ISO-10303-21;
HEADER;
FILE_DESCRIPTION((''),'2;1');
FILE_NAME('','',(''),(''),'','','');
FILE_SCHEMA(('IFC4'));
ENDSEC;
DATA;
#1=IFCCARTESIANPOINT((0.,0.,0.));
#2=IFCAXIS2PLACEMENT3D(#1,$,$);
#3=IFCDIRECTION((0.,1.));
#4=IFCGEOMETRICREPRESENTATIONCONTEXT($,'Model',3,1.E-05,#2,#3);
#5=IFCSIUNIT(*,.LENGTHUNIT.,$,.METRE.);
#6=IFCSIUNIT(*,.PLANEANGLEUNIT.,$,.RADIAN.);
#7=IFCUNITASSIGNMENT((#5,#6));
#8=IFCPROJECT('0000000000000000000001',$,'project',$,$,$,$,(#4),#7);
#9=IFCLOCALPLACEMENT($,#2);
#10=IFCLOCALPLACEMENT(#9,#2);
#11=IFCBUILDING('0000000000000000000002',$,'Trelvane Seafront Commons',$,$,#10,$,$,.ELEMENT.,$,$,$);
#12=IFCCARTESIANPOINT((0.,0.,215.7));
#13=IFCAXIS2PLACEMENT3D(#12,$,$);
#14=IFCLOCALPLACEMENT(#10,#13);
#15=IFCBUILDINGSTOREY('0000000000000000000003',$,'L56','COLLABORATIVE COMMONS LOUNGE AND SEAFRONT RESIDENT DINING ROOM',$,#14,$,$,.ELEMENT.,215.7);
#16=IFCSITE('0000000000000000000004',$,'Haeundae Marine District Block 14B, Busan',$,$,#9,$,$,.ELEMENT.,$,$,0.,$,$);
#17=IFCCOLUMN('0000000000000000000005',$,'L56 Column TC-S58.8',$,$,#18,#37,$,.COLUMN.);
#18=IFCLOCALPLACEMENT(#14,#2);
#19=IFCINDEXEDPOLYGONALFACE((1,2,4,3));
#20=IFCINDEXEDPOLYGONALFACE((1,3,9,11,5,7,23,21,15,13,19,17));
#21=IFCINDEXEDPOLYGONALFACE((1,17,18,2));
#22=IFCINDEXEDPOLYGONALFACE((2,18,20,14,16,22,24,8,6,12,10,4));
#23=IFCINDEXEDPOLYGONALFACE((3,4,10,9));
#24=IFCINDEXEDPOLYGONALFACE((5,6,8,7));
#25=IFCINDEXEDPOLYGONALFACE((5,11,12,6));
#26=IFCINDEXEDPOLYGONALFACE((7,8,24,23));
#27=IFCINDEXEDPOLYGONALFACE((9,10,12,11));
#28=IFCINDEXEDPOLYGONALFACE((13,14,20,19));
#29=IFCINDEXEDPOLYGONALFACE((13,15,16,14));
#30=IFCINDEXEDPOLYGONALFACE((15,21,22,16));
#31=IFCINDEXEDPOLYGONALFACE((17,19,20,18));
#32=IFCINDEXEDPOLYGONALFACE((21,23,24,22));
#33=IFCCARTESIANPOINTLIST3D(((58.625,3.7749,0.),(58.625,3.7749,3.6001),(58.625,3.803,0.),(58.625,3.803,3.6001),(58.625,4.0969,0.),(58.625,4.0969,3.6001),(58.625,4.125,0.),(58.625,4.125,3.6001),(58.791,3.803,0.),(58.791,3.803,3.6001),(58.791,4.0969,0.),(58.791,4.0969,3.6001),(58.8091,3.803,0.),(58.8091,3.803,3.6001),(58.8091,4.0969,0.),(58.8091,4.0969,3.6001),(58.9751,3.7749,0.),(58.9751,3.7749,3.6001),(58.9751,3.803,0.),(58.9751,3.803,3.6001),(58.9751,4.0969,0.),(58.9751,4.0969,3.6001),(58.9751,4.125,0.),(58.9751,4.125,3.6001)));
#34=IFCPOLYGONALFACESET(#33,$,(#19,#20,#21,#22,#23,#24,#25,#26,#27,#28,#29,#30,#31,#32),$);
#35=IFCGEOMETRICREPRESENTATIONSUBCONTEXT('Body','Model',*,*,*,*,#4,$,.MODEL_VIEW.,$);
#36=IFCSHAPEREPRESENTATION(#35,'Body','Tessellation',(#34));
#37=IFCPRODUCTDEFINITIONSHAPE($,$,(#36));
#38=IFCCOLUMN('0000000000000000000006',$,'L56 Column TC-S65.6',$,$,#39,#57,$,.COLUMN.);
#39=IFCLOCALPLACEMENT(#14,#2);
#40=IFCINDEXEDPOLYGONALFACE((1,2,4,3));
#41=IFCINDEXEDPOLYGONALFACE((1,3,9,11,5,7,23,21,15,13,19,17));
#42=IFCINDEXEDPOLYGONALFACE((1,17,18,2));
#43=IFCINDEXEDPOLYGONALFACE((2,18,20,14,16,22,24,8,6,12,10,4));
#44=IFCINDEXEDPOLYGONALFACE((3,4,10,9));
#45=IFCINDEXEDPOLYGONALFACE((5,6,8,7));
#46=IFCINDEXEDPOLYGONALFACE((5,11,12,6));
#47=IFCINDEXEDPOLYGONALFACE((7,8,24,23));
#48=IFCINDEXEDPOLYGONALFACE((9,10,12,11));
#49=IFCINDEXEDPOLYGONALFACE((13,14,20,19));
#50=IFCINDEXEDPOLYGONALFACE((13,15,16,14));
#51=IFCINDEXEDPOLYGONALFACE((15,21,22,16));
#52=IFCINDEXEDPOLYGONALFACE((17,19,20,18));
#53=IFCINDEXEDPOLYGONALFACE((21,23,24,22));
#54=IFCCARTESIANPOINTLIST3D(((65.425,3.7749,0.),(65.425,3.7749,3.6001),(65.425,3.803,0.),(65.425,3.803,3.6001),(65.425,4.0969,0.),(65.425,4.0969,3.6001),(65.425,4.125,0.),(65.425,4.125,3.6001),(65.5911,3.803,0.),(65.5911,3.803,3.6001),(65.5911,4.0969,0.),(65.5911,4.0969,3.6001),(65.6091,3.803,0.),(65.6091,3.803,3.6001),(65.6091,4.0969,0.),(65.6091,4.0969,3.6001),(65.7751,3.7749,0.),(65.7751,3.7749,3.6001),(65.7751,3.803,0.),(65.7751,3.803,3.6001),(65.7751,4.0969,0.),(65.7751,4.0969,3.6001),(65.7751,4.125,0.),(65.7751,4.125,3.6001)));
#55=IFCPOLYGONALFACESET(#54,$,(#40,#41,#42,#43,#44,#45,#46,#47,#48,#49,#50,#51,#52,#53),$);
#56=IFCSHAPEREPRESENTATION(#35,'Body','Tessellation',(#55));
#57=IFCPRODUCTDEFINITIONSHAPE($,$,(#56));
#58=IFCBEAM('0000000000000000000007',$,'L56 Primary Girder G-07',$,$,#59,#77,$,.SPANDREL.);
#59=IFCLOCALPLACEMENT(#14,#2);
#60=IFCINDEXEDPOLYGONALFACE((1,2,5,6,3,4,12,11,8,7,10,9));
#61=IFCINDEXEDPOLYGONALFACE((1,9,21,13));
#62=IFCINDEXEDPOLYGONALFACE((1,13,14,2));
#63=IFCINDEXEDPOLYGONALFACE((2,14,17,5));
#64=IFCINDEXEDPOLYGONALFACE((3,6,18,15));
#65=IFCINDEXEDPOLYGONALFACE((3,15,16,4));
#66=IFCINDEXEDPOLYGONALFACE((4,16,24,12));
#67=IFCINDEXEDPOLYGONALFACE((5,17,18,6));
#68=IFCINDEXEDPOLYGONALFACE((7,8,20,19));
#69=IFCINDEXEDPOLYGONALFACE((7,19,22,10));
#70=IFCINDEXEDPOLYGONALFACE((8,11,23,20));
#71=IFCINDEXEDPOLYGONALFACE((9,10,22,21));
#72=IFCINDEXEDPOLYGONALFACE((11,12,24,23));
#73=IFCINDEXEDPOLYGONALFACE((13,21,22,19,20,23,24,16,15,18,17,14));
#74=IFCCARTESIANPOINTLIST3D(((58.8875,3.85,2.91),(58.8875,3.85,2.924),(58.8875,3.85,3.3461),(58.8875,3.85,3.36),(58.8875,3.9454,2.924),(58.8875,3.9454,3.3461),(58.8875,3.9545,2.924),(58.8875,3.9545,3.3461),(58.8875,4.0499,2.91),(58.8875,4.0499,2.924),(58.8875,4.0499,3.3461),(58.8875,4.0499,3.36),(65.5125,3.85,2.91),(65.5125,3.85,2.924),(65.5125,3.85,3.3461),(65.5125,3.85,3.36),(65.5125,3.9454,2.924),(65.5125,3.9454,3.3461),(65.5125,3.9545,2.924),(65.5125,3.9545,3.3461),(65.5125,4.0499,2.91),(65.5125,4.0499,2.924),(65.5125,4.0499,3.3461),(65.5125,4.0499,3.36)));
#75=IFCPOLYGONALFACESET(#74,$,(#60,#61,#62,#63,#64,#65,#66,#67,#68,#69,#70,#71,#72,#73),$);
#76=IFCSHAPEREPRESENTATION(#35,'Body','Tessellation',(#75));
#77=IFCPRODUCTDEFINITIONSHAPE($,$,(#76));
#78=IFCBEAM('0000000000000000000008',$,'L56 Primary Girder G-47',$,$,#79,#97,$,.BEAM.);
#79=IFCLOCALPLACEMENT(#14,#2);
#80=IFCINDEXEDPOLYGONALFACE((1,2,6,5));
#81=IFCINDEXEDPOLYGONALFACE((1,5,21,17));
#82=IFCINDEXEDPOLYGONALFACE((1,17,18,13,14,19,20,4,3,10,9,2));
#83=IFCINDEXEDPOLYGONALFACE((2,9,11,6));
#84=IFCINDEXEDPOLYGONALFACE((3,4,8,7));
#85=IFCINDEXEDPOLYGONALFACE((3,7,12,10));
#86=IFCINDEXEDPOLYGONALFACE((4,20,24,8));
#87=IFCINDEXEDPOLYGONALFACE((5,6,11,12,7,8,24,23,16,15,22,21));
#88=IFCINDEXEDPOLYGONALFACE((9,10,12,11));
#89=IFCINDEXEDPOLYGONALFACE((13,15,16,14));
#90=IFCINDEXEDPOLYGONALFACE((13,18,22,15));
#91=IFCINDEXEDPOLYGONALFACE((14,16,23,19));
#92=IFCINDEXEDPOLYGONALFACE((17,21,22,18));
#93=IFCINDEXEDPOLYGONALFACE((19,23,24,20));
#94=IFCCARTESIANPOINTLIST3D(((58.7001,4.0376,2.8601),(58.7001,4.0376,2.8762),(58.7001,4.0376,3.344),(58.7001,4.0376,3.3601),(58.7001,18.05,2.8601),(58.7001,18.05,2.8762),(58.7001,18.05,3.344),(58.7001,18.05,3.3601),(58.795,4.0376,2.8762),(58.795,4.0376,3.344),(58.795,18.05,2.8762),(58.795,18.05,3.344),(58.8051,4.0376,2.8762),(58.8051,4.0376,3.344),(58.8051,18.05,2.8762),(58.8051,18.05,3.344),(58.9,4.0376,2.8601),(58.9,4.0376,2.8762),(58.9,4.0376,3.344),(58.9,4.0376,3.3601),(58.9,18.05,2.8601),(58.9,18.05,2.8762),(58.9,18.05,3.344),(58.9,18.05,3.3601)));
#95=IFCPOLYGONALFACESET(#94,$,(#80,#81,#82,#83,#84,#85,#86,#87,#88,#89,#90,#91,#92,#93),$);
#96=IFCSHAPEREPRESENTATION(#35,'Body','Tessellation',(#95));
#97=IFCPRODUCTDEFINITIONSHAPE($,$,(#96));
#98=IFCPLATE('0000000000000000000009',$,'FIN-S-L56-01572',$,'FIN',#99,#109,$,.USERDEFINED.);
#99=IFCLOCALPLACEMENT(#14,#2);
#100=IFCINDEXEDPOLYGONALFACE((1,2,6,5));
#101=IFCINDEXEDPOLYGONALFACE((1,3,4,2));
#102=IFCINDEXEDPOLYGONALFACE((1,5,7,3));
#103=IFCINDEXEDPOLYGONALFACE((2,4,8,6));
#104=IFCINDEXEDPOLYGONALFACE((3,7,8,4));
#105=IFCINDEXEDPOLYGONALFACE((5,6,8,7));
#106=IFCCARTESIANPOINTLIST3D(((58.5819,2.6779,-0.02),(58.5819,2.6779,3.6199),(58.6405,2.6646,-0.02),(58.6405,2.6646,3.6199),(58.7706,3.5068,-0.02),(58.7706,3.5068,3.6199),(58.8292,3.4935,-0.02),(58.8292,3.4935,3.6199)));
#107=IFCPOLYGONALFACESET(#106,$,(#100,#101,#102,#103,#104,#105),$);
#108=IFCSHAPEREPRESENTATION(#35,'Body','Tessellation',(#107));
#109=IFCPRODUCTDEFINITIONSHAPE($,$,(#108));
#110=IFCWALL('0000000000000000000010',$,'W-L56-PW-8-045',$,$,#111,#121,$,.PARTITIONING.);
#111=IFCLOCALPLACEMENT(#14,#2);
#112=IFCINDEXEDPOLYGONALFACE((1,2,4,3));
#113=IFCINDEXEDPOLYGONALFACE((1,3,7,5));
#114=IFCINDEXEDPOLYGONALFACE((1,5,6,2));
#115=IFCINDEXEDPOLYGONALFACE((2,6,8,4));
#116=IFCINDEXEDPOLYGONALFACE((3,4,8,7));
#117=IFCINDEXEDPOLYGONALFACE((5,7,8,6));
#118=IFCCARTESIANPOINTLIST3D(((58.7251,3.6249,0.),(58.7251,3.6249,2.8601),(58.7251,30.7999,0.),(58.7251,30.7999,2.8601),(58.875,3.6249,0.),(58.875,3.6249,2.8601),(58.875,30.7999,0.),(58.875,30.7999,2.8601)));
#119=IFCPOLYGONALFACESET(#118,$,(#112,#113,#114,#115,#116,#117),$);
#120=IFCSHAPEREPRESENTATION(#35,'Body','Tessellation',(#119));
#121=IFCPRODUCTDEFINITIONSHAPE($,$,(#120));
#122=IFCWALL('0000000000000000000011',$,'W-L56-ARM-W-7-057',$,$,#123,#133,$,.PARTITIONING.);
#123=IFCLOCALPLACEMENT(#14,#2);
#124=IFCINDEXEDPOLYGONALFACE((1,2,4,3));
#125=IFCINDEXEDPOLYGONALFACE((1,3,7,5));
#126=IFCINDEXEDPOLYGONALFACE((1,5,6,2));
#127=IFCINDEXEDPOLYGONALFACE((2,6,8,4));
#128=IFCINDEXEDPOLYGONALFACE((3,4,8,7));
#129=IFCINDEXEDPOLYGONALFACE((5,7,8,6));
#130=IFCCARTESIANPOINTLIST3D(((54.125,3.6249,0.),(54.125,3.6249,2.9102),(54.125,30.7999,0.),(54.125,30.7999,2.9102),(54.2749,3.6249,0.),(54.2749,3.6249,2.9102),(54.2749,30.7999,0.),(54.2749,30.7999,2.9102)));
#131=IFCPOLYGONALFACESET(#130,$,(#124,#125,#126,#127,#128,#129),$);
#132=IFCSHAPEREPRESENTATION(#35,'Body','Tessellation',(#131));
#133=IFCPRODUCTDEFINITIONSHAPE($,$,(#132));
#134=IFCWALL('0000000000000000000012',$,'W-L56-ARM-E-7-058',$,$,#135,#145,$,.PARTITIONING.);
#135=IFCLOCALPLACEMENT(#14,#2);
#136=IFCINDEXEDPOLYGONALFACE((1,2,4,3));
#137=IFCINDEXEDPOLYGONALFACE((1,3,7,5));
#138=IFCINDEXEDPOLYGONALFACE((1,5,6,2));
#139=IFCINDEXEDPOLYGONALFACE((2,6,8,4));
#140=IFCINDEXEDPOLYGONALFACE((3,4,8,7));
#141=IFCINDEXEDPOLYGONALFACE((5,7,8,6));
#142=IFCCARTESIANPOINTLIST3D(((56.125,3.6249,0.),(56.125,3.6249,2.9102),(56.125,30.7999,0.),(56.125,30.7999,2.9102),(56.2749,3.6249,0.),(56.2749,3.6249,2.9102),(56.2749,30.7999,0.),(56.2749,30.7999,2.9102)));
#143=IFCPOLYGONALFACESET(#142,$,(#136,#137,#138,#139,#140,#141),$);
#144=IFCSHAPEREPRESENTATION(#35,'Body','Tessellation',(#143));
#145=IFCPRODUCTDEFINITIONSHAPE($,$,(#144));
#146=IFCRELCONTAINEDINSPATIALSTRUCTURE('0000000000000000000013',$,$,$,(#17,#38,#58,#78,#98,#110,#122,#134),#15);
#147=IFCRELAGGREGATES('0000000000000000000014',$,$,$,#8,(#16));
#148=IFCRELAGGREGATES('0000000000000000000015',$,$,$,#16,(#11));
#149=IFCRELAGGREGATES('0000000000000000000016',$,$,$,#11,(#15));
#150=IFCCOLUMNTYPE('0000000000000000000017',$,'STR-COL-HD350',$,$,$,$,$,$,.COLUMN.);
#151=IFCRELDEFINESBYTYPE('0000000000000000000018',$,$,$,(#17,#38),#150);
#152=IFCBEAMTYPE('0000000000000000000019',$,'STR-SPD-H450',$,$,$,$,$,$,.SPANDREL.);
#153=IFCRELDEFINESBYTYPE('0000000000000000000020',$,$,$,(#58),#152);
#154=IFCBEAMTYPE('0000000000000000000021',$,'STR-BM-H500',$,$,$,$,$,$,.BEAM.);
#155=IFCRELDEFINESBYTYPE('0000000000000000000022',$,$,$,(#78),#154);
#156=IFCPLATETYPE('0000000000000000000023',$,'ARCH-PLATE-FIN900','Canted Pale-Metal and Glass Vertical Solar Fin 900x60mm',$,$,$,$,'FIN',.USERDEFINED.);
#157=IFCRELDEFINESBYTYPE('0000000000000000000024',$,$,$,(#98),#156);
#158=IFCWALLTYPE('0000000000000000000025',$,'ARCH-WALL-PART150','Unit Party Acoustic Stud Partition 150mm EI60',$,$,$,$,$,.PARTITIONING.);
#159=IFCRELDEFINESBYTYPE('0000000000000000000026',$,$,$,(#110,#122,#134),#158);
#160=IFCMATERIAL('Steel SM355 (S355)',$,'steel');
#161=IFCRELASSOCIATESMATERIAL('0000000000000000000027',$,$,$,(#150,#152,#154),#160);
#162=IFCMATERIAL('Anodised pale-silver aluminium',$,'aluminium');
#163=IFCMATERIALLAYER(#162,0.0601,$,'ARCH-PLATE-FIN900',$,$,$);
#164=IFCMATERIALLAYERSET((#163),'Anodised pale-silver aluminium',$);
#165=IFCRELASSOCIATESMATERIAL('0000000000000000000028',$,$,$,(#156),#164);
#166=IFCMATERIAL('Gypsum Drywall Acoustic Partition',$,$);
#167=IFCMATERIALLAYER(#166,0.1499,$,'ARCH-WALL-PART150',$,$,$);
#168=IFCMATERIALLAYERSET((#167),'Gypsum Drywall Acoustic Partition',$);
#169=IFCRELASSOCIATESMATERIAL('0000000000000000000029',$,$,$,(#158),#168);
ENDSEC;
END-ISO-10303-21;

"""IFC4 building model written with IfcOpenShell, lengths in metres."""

from ifc_helpers import new_model, si_unit, direction, frame, frame_2d, origin, origin_2d, place, context, subcontext, project, spatial, rectangle, i_section, extrude, source, transform, mapped, material, layer, layer_set, material_profile, profile_set, type_object, element, save


model = new_model("IFC4")

# Units and contexts
model_context = context("Model", 3, precision=1e-05, world=origin(), true_north=direction((0.0, 1.0)))
body_context = subcontext(model_context, "Body", "Model", "MODEL_VIEW")
ifc_project = project(units=[si_unit("LENGTHUNIT", "METRE"), si_unit("PLANEANGLEUNIT", "RADIAN")], contexts=[model_context])

# Site, building, storey
site_placement = place(None, origin())
site = spatial("IfcSite", under=ifc_project, at=site_placement, Name="Haeundae Marine District Block 14B, Busan", CompositionType="ELEMENT", RefElevation=0.0)
building_placement = place(site_placement, origin())
building = spatial("IfcBuilding", under=site, at=building_placement, Name="Trelvane Seafront Commons", CompositionType="ELEMENT")
storey_placement = place(building_placement, frame((0.0, 0.0, 215.7)))
storey = spatial("IfcBuildingStorey", under=building, at=storey_placement, Name="L56", Description="COLLABORATIVE COMMONS LOUNGE AND SEAFRONT RESIDENT DINING ROOM", CompositionType="ELEMENT", Elevation=215.7)

# Columns
ifc_material_1 = material(Name="Steel SM355 (S355)", Category="steel")
ifc_material_profile_1 = material_profile(ifc_material_1, i_section(OverallWidth=0.3501, OverallDepth=0.3501, WebThickness=0.0181, FlangeThickness=0.0281, at=origin_2d()), Name="HD-350x350x18x28")
ifc_profile_set_1 = profile_set([ifc_material_profile_1], Name="Steel SM355 (S355)")
column_type = type_object("IfcColumnType", Name="STR-COL-HD350", PredefinedType="COLUMN", material=ifc_profile_set_1)
shared_shape_1 = source(origin(), body_context, "Body", "SweptSolid", [
    extrude(i_section(OverallWidth=0.3501, OverallDepth=0.3501, WebThickness=0.0181, FlangeThickness=0.0281, at=origin_2d()), origin(), (0.0, 0.0, 1.0), 3.6001),
])
for number, where, z_axis, x_axis, name in (
    (1, (58.8, 3.95, 0.0), (0.0, 0.0, 1.0), (1.0, 0.0, 0.0), "L56 Column TC-S58.8"),
    (2, (65.6001, 3.95, 0.0), (0.0, 0.0, 1.0), (1.0, 0.0, 0.0), "L56 Column TC-S65.6"),
):
    element("IfcColumn", number, at=place(storey_placement, frame(where, z_axis=z_axis, x_axis=x_axis)), inside=storey, type_object=column_type, Name=name, PredefinedType="COLUMN", context=body_context, shape_type="MappedRepresentation", body=[
        mapped(shared_shape_1, transform((0.0, 0.0, 0.0), x_axis=(1.0, 0.0, 0.0), y_axis=(0.0, 1.0, 0.0), z_axis=(0.0, 0.0, 1.0), scale=1.0)),
    ])

# Beams
ifc_material_profile_2 = material_profile(ifc_material_1, i_section(OverallWidth=0.2, OverallDepth=0.45, WebThickness=0.009, FlangeThickness=0.0139, at=origin_2d()), Name="H-450x200x9x14")
ifc_profile_set_2 = profile_set([ifc_material_profile_2], Name="Steel SM355 (S355)")
beam_type_1 = type_object("IfcBeamType", Name="STR-SPD-H450", PredefinedType="SPANDREL", material=ifc_profile_set_2)
shared_shape_2 = source(origin(), body_context, "Body", "SweptSolid", [
    extrude(i_section(OverallWidth=0.2, OverallDepth=0.45, WebThickness=0.009, FlangeThickness=0.0139, at=origin_2d()), origin(), (0.0, 0.0, 1.0), 6.625),
])
beam_1_placement = place(storey_placement, frame((58.8875, 3.95, 3.135), z_axis=(1.0, 0.0, 0.0), x_axis=(0.0, 1.0, 0.0)))
element("IfcBeam", 3, at=beam_1_placement, inside=storey, type_object=beam_type_1, Name="L56 Primary Girder G-07", PredefinedType="SPANDREL", context=body_context, shape_type="MappedRepresentation", body=[
    mapped(shared_shape_2, transform((0.0, 0.0, 0.0), x_axis=(1.0, 0.0, 0.0), y_axis=(0.0, 1.0, 0.0), z_axis=(0.0, 0.0, 1.0), scale=1.0)),
])
ifc_material_profile_3 = material_profile(ifc_material_1, i_section(OverallWidth=0.2, OverallDepth=0.5, WebThickness=0.01, FlangeThickness=0.0161, at=origin_2d()), Name="H-500x200x10x16")
ifc_profile_set_3 = profile_set([ifc_material_profile_3], Name="Steel SM355 (S355)")
beam_type_2 = type_object("IfcBeamType", Name="STR-BM-H500", PredefinedType="BEAM", material=ifc_profile_set_3)
shared_shape_3 = source(origin(), body_context, "Body", "SweptSolid", [
    extrude(i_section(OverallWidth=0.2, OverallDepth=0.5, WebThickness=0.01, FlangeThickness=0.0161, at=origin_2d()), origin(), (0.0, 0.0, 1.0), 14.0125),
])
beam_2_placement = place(storey_placement, frame((58.8, 4.0376, 3.1101), z_axis=(0.0, 1.0, 0.0), x_axis=(-1.0, 0.0, 0.0)))
element("IfcBeam", 4, at=beam_2_placement, inside=storey, type_object=beam_type_2, Name="L56 Primary Girder G-47", PredefinedType="BEAM", context=body_context, shape_type="MappedRepresentation", body=[
    mapped(shared_shape_3, transform((0.0, 0.0, 0.0), x_axis=(1.0, 0.0, 0.0), y_axis=(0.0, 1.0, 0.0), z_axis=(0.0, 0.0, 1.0), scale=1.0)),
])

# Plate
ifc_material_2 = material(Name="Anodised pale-silver aluminium", Category="aluminium")
ifc_layer_1 = layer(ifc_material_2, 0.0601, Name="ARCH-PLATE-FIN900")
ifc_layer_set_1 = layer_set([ifc_layer_1], Name="Anodised pale-silver aluminium")
plate_type = type_object("IfcPlateType", Name="ARCH-PLATE-FIN900", Description="Canted Pale-Metal and Glass Vertical Solar Fin 900x60mm", ElementType="FIN", PredefinedType="USERDEFINED", material=ifc_layer_set_1)
shared_shape_4 = source(origin(), body_context, "Body", "SweptSolid", [
    extrude(rectangle(XDim=0.8501, YDim=0.0601, at=origin_2d()), origin(), (0.0, 0.0, 1.0), 3.6399),
])
plate_placement = place(storey_placement, frame((58.7056, 3.0857, -0.02), z_axis=(0.0, 0.0, 1.0), x_axis=(-0.221998, -0.975047, 0.0)))
element("IfcPlate", 5, at=plate_placement, inside=storey, type_object=plate_type, Name="FIN-S-L56-01572", ObjectType="FIN", PredefinedType="USERDEFINED", context=body_context, shape_type="MappedRepresentation", body=[
    mapped(shared_shape_4, transform((0.0, 0.0, 0.0), x_axis=(1.0, 0.0, 0.0), y_axis=(0.0, 1.0, 0.0), z_axis=(0.0, 0.0, 1.0), scale=1.0)),
])

# Walls
ifc_material_3 = material(Name="Gypsum Drywall Acoustic Partition")
ifc_layer_2 = layer(ifc_material_3, 0.1499, Name="ARCH-WALL-PART150")
ifc_layer_set_2 = layer_set([ifc_layer_2], Name="Gypsum Drywall Acoustic Partition")
wall_type_1 = type_object("IfcWallType", Name="ARCH-WALL-PART150", Description="Unit Party Acoustic Stud Partition 150mm EI60", PredefinedType="PARTITIONING", material=ifc_layer_set_2)
wall_1_placement = place(storey_placement, frame((58.8, 3.625, 0.0), z_axis=(0.0, 0.0, 1.0), x_axis=(0.0, 1.0, 0.0)))
element("IfcWall", 6, at=wall_1_placement, inside=storey, type_object=wall_type_1, Name="W-L56-PW-8-045", PredefinedType="PARTITIONING", context=body_context, shape_type="SweptSolid", body=[
    extrude(rectangle(XDim=27.175, YDim=0.1499, at=frame_2d((13.5874, 0.0))), origin(), (0.0, 0.0, 1.0), 2.8601),
])
for number, where, z_axis, x_axis, name in (
    (7, (54.2, 3.625, 0.0), (0.0, 0.0, 1.0), (0.0, 1.0, 0.0), "W-L56-ARM-W-7-057"),
    (8, (56.2, 3.625, 0.0), (0.0, 0.0, 1.0), (0.0, 1.0, 0.0), "W-L56-ARM-E-7-058"),
):
    element("IfcWall", number, at=place(storey_placement, frame(where, z_axis=z_axis, x_axis=x_axis)), inside=storey, type_object=wall_type_1, Name=name, PredefinedType="PARTITIONING", context=body_context, shape_type="SweptSolid", body=[
        extrude(rectangle(XDim=27.175, YDim=0.1499, at=frame_2d((13.5874, 0.0))), origin(), (0.0, 0.0, 1.0), 2.9102),
    ])

save(model, "model.ifc")
